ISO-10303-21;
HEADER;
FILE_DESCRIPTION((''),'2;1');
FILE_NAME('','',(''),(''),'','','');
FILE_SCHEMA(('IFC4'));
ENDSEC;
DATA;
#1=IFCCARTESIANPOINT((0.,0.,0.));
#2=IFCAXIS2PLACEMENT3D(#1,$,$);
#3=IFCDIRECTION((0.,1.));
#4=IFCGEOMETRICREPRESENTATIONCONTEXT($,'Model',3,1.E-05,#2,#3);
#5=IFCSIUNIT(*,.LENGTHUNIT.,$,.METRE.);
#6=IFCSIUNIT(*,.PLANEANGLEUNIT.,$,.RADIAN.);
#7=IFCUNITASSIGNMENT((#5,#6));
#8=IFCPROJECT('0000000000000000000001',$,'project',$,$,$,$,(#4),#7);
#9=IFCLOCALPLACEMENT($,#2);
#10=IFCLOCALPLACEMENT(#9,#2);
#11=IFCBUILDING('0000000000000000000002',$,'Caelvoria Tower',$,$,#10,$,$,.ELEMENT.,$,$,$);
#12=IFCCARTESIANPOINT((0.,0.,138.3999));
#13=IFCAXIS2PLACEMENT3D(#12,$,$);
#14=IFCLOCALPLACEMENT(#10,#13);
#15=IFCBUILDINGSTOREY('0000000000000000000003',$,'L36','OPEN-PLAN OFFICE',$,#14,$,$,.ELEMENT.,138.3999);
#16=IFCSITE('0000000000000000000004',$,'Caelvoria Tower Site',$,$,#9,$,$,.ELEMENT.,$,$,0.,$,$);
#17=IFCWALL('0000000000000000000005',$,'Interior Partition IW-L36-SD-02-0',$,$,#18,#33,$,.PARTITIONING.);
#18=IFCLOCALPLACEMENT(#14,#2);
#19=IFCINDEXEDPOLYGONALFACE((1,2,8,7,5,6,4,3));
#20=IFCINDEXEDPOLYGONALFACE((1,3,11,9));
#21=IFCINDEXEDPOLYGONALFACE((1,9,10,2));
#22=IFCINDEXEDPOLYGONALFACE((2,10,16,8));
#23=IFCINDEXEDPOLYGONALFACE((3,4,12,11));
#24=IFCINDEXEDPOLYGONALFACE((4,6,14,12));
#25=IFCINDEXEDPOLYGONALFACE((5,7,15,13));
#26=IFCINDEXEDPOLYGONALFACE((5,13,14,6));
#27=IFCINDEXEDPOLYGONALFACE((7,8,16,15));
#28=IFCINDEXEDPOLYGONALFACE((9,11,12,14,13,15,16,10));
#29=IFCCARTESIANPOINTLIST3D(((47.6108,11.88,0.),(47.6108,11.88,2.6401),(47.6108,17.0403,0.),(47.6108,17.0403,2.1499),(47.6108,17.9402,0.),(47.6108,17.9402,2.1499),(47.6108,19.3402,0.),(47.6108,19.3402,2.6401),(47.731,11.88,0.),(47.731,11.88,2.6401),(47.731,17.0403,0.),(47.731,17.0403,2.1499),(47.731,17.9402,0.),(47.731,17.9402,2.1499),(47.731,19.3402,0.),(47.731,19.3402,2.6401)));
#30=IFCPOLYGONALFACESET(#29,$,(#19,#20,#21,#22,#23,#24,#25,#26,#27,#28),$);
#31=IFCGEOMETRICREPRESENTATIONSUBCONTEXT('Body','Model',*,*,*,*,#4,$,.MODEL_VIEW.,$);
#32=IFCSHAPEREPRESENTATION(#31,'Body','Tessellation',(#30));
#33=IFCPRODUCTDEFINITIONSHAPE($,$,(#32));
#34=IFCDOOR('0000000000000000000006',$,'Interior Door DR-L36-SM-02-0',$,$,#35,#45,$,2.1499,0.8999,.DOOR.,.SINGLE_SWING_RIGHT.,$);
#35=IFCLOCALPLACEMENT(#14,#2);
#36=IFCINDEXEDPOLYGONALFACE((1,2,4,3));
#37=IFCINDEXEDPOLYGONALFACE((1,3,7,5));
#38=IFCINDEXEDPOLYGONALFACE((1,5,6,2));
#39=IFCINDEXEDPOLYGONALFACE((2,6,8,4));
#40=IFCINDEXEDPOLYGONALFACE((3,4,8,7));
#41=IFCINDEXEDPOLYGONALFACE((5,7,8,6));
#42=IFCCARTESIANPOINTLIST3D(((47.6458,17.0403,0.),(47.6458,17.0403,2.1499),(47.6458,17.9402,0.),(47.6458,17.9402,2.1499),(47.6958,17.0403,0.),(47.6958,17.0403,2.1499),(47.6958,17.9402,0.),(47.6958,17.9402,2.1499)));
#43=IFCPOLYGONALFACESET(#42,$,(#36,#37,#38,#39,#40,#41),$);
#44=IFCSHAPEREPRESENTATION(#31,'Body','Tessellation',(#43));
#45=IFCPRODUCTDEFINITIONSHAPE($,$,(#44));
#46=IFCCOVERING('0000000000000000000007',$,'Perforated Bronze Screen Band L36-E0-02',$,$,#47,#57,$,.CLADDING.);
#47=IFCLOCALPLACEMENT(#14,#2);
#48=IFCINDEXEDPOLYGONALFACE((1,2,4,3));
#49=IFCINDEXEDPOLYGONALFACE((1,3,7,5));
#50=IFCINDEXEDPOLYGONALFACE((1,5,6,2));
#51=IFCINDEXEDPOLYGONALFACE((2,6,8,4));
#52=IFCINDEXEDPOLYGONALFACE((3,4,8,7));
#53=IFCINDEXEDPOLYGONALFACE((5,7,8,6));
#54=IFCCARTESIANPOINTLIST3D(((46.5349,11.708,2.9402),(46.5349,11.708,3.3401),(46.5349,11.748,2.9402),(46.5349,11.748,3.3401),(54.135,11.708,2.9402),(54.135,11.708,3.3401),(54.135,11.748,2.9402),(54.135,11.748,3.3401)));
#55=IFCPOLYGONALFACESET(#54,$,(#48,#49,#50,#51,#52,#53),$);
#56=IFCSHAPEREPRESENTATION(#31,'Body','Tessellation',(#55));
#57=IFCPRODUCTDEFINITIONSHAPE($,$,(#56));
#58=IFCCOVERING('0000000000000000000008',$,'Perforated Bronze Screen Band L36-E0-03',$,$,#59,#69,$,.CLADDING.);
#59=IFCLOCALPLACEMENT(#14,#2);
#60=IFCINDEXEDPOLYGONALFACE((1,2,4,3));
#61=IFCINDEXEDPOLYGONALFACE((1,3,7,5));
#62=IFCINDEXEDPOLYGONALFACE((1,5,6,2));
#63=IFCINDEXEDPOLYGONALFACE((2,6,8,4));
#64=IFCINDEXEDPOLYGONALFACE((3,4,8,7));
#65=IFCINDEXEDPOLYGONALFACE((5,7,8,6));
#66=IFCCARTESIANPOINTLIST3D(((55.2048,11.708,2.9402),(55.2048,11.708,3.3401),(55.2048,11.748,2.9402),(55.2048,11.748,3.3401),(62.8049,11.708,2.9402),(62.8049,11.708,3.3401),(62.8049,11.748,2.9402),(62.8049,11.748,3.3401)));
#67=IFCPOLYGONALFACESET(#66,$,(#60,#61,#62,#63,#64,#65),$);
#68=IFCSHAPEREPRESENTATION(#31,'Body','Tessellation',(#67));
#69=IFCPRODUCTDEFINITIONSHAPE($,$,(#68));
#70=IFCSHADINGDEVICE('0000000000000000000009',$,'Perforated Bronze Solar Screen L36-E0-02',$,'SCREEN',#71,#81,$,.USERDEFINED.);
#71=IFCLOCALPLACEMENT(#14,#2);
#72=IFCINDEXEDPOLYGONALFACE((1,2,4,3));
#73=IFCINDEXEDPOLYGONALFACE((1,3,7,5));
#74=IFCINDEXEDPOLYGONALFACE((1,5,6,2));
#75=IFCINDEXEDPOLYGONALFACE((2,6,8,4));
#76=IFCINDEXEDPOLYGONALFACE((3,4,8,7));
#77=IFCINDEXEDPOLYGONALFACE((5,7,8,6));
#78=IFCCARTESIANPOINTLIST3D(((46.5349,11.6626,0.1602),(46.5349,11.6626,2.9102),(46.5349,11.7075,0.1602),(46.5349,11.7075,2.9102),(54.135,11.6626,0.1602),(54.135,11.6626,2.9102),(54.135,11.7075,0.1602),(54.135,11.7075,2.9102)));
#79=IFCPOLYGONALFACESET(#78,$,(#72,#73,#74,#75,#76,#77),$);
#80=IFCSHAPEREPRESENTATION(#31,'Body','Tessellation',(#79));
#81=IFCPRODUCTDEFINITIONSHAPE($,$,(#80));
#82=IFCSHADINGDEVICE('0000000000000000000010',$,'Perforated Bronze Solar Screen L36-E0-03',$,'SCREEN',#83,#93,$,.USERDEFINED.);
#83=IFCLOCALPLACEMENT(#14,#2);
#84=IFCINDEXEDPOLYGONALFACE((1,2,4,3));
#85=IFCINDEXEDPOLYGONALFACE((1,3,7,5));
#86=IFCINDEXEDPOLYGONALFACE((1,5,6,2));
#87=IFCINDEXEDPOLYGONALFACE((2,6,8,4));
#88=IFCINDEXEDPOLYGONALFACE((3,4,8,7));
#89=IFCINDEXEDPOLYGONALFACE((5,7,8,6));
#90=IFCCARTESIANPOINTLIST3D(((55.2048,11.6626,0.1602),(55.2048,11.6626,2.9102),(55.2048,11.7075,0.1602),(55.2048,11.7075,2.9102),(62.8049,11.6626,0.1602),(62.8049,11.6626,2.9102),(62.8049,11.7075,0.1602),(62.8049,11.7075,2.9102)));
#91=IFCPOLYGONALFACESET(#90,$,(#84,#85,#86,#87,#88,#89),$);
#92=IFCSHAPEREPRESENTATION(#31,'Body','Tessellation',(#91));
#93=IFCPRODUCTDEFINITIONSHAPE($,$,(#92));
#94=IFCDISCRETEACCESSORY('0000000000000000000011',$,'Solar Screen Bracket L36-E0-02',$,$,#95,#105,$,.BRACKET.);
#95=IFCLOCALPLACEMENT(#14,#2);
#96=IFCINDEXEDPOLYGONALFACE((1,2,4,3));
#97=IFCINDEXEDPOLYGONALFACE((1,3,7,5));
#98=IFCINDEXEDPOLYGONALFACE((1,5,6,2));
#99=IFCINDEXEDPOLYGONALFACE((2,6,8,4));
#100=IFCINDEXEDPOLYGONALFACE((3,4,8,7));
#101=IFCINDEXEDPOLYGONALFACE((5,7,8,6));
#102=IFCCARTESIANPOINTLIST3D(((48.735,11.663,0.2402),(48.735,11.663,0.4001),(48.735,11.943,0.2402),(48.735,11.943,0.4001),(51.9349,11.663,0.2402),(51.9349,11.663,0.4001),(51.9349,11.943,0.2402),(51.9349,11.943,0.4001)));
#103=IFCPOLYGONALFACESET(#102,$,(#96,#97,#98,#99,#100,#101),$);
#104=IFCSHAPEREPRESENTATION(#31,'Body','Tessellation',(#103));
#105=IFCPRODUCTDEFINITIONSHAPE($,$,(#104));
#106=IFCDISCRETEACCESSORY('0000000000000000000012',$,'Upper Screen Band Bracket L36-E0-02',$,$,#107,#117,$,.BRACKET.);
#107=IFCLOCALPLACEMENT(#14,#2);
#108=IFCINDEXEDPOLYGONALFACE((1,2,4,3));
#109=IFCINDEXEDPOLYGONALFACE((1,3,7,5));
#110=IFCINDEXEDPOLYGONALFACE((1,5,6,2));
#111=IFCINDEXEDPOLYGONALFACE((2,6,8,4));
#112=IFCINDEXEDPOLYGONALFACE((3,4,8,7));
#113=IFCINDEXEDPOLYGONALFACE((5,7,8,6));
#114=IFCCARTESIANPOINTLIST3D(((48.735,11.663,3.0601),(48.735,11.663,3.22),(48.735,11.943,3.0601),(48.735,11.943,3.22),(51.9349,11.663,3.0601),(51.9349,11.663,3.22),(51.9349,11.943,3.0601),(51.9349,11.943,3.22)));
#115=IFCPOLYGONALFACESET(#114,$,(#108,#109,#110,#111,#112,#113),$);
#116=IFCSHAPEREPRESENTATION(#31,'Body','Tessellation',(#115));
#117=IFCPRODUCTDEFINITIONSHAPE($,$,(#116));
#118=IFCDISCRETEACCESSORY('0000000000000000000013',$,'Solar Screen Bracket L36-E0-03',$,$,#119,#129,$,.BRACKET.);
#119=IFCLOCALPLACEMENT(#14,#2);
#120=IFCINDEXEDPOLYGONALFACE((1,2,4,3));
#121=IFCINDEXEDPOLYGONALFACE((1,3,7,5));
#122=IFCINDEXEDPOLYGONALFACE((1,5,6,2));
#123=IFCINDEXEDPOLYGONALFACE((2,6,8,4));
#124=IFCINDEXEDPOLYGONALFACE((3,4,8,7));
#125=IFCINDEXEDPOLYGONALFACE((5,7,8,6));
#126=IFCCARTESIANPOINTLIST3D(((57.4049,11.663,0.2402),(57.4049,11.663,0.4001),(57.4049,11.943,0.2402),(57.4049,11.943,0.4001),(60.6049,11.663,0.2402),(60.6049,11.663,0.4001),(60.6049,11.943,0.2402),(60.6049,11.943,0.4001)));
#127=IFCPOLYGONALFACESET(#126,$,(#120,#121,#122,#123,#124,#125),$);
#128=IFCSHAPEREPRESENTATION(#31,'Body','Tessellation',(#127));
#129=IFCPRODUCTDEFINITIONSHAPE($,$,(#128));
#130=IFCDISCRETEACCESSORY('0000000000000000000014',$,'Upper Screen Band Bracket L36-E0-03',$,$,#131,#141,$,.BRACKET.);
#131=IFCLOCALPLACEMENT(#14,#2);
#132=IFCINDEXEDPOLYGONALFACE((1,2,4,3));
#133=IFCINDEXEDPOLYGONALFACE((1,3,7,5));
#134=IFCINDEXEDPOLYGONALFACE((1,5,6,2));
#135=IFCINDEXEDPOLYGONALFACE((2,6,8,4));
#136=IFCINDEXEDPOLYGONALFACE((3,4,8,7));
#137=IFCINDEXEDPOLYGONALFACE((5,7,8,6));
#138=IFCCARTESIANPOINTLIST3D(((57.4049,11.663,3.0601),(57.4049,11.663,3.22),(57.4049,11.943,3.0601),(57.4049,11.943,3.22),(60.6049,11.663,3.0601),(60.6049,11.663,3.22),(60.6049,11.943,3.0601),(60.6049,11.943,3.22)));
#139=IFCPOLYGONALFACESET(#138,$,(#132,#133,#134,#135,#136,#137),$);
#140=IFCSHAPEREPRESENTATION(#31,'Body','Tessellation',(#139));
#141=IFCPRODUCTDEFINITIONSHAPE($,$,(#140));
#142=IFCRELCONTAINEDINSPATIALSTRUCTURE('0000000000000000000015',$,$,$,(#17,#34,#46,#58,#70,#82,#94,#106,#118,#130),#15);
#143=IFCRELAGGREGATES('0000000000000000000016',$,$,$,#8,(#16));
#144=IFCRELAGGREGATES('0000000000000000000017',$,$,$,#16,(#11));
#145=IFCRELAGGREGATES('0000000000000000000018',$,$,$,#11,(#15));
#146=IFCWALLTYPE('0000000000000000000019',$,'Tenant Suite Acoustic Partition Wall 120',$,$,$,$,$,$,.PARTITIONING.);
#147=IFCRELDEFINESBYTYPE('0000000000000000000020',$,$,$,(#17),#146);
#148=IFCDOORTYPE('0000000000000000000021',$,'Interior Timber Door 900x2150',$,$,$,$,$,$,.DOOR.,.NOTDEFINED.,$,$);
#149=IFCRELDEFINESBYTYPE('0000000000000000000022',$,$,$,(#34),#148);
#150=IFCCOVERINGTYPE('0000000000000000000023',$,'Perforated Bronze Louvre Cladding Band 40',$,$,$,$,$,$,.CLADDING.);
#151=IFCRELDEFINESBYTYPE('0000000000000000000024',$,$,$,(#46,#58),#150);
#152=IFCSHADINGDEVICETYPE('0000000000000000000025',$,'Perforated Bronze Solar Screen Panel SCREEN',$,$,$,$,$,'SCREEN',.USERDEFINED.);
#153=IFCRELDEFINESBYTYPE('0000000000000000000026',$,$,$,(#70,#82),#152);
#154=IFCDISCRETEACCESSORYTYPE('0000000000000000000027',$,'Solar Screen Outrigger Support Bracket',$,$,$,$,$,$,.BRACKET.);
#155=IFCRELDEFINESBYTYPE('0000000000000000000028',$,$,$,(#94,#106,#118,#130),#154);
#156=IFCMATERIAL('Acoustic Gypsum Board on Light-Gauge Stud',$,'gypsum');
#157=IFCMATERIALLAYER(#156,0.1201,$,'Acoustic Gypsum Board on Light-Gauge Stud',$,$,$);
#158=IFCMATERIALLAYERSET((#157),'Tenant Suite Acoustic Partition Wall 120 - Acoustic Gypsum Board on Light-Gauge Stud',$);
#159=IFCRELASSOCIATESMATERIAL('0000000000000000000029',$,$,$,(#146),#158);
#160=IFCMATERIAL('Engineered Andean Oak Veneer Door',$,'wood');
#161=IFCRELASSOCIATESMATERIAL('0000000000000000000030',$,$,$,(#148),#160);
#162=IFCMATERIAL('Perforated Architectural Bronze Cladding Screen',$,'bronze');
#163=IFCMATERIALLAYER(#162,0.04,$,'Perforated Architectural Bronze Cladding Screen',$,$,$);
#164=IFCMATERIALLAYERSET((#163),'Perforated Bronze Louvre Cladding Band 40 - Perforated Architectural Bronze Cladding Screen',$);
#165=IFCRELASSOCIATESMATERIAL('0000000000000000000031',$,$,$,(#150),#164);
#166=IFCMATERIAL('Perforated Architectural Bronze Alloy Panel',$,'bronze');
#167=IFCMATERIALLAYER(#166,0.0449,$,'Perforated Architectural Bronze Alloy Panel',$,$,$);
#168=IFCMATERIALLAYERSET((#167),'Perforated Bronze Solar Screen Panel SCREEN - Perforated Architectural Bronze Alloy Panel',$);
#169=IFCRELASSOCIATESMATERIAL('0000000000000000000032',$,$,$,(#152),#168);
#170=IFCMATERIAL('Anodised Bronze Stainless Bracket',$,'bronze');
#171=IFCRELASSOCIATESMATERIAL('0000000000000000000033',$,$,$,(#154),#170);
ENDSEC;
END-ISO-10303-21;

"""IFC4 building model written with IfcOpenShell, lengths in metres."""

from ifc_helpers import new_model, si_unit, direction, frame, frame_2d, origin, origin_2d, place, context, subcontext, project, spatial, rectangle, extrude, material, layer, layer_set, type_object, element, fill, save


model = new_model("IFC4")

# Units and contexts
model_context = context("Model", 3, precision=1e-05, world=origin(), true_north=direction((0.0, 1.0)))
body_context = subcontext(model_context, "Body", "Model", "MODEL_VIEW")
ifc_project = project(units=[si_unit("LENGTHUNIT", "METRE"), si_unit("PLANEANGLEUNIT", "RADIAN")], contexts=[model_context])

# Site, building, storey
site_placement = place(None, origin())
site = spatial("IfcSite", under=ifc_project, at=site_placement, Name="Caelvoria Tower Site", CompositionType="ELEMENT", RefElevation=0.0)
building_placement = place(site_placement, origin())
building = spatial("IfcBuilding", under=site, at=building_placement, Name="Caelvoria Tower", CompositionType="ELEMENT")
storey_placement = place(building_placement, frame((0.0, 0.0, 138.3999)))
storey = spatial("IfcBuildingStorey", under=building, at=storey_placement, Name="L36", Description="OPEN-PLAN OFFICE", CompositionType="ELEMENT", Elevation=138.3999)

# Wall, opening, door
ifc_material_1 = material(Name="Acoustic Gypsum Board on Light-Gauge Stud", Category="gypsum")
ifc_layer_1 = layer(ifc_material_1, 0.1201, Name="Acoustic Gypsum Board on Light-Gauge Stud")
ifc_layer_set_1 = layer_set([ifc_layer_1], Name="Tenant Suite Acoustic Partition Wall 120 - Acoustic Gypsum Board on Light-Gauge Stud")
wall_type = type_object("IfcWallType", Name="Tenant Suite Acoustic Partition Wall 120", PredefinedType="PARTITIONING", material=ifc_layer_set_1)
ifc_material_2 = material(Name="Engineered Andean Oak Veneer Door", Category="wood")
door_type = type_object("IfcDoorType", Name="Interior Timber Door 900x2150", OperationType="NOTDEFINED", PredefinedType="DOOR", material=ifc_material_2)
wall_1_placement = place(storey_placement, frame((47.6709, 19.3401, 0.0), z_axis=(0.0, 0.0, 1.0), x_axis=(0.0, -1.0, 0.0)))
wall_1 = element("IfcWall", 1, at=wall_1_placement, inside=storey, type_object=wall_type, Name="Interior Partition IW-L36-SD-02-0", PredefinedType="PARTITIONING", context=body_context, shape_type="SweptSolid", body=[
    extrude(rectangle(XDim=7.4602, YDim=0.1201, at=frame_2d((3.73, 0.0))), origin(), (0.0, 0.0, 1.0), 2.6401),
])
opening_1_placement = place(wall_1_placement, frame((1.3999, 0.0, 0.0)))
opening_1 = element("IfcOpeningElement", 2, at=opening_1_placement, cuts=wall_1, PredefinedType="OPENING", context=body_context, shape_type="SweptSolid", body=[
    extrude(rectangle(XDim=0.8999, YDim=2.1499, at=frame_2d((0.45, 1.075))), frame((0.0, 0.0701, 0.0), z_axis=(0.0, -1.0, 0.0), x_axis=(1.0, 0.0, 0.0)), (0.0, 0.0, 1.0), 0.1401),
])
door_1_placement = place(opening_1_placement, origin())
door_1 = element("IfcDoor", 3, at=door_1_placement, inside=storey, type_object=door_type, Name="Interior Door DR-L36-SM-02-0", OperationType="SINGLE_SWING_RIGHT", OverallHeight=2.1499, OverallWidth=0.8999, PredefinedType="DOOR", context=body_context, shape_type="SweptSolid", body=[
    extrude(rectangle(XDim=0.8999, YDim=2.1499, at=frame_2d((0.45, 1.075))), frame((0.0, 0.0249, 0.0), z_axis=(0.0, -1.0, 0.0), x_axis=(1.0, 0.0, 0.0)), (0.0, 0.0, 1.0), 0.05),
])
fill(opening_1, door_1)

# Coverings
ifc_material_3 = material(Name="Perforated Architectural Bronze Cladding Screen", Category="bronze")
ifc_layer_2 = layer(ifc_material_3, 0.04, Name="Perforated Architectural Bronze Cladding Screen")
ifc_layer_set_2 = layer_set([ifc_layer_2], Name="Perforated Bronze Louvre Cladding Band 40 - Perforated Architectural Bronze Cladding Screen")
covering_type = type_object("IfcCoveringType", Name="Perforated Bronze Louvre Cladding Band 40", PredefinedType="CLADDING", material=ifc_layer_set_2)
for number, where, z_axis, x_axis, name in (
    (4, (50.335, 11.728, 2.9402), (0.0, 0.0, 1.0), (1.0, 0.0, 0.0), "Perforated Bronze Screen Band L36-E0-02"),
    (5, (59.0049, 11.728, 2.9402), (0.0, 0.0, 1.0), (1.0, 0.0, 0.0), "Perforated Bronze Screen Band L36-E0-03"),
):
    element("IfcCovering", number, at=place(storey_placement, frame(where, z_axis=z_axis, x_axis=x_axis)), inside=storey, type_object=covering_type, Name=name, PredefinedType="CLADDING", context=body_context, shape_type="SweptSolid", body=[
        extrude(rectangle(XDim=7.6001, YDim=0.04, at=origin_2d()), origin(), (0.0, 0.0, 1.0), 0.3999),
    ])

# Shading devices
ifc_material_4 = material(Name="Perforated Architectural Bronze Alloy Panel", Category="bronze")
ifc_layer_3 = layer(ifc_material_4, 0.0449, Name="Perforated Architectural Bronze Alloy Panel")
ifc_layer_set_3 = layer_set([ifc_layer_3], Name="Perforated Bronze Solar Screen Panel SCREEN - Perforated Architectural Bronze Alloy Panel")
shading_device_type = type_object("IfcShadingDeviceType", Name="Perforated Bronze Solar Screen Panel SCREEN", ElementType="SCREEN", PredefinedType="USERDEFINED", material=ifc_layer_set_3)
for number, where, z_axis, x_axis, name in (
    (6, (50.335, 11.6851, 0.1602), (0.0, 0.0, 1.0), (1.0, 0.0, 0.0), "Perforated Bronze Solar Screen L36-E0-02"),
    (7, (59.0049, 11.6851, 0.1602), (0.0, 0.0, 1.0), (1.0, 0.0, 0.0), "Perforated Bronze Solar Screen L36-E0-03"),
):
    element("IfcShadingDevice", number, at=place(storey_placement, frame(where, z_axis=z_axis, x_axis=x_axis)), inside=storey, type_object=shading_device_type, Name=name, ObjectType="SCREEN", PredefinedType="USERDEFINED", context=body_context, shape_type="SweptSolid", body=[
        extrude(rectangle(XDim=7.6001, YDim=0.0449, at=origin_2d()), origin(), (0.0, 0.0, 1.0), 2.75),
    ])

# Discrete accessories
ifc_material_5 = material(Name="Anodised Bronze Stainless Bracket", Category="bronze")
discrete_accessory_type = type_object("IfcDiscreteAccessoryType", Name="Solar Screen Outrigger Support Bracket", PredefinedType="BRACKET", material=ifc_material_5)
for number, where, z_axis, x_axis, name in (
    (8, (50.335, 11.803, 0.2402), (0.0, 0.0, 1.0), (1.0, 0.0, 0.0), "Solar Screen Bracket L36-E0-02"),
    (9, (50.335, 11.803, 3.0601), (0.0, 0.0, 1.0), (1.0, 0.0, 0.0), "Upper Screen Band Bracket L36-E0-02"),
    (10, (59.0049, 11.803, 0.2402), (0.0, 0.0, 1.0), (1.0, 0.0, 0.0), "Solar Screen Bracket L36-E0-03"),
    (11, (59.0049, 11.803, 3.0601), (0.0, 0.0, 1.0), (1.0, 0.0, 0.0), "Upper Screen Band Bracket L36-E0-03"),
):
    element("IfcDiscreteAccessory", number, at=place(storey_placement, frame(where, z_axis=z_axis, x_axis=x_axis)), inside=storey, type_object=discrete_accessory_type, Name=name, PredefinedType="BRACKET", context=body_context, shape_type="SweptSolid", body=[
        extrude(rectangle(XDim=3.2, YDim=0.28, at=origin_2d()), origin(), (0.0, 0.0, 1.0), 0.1599),
    ])

save(model, "model.ifc")
